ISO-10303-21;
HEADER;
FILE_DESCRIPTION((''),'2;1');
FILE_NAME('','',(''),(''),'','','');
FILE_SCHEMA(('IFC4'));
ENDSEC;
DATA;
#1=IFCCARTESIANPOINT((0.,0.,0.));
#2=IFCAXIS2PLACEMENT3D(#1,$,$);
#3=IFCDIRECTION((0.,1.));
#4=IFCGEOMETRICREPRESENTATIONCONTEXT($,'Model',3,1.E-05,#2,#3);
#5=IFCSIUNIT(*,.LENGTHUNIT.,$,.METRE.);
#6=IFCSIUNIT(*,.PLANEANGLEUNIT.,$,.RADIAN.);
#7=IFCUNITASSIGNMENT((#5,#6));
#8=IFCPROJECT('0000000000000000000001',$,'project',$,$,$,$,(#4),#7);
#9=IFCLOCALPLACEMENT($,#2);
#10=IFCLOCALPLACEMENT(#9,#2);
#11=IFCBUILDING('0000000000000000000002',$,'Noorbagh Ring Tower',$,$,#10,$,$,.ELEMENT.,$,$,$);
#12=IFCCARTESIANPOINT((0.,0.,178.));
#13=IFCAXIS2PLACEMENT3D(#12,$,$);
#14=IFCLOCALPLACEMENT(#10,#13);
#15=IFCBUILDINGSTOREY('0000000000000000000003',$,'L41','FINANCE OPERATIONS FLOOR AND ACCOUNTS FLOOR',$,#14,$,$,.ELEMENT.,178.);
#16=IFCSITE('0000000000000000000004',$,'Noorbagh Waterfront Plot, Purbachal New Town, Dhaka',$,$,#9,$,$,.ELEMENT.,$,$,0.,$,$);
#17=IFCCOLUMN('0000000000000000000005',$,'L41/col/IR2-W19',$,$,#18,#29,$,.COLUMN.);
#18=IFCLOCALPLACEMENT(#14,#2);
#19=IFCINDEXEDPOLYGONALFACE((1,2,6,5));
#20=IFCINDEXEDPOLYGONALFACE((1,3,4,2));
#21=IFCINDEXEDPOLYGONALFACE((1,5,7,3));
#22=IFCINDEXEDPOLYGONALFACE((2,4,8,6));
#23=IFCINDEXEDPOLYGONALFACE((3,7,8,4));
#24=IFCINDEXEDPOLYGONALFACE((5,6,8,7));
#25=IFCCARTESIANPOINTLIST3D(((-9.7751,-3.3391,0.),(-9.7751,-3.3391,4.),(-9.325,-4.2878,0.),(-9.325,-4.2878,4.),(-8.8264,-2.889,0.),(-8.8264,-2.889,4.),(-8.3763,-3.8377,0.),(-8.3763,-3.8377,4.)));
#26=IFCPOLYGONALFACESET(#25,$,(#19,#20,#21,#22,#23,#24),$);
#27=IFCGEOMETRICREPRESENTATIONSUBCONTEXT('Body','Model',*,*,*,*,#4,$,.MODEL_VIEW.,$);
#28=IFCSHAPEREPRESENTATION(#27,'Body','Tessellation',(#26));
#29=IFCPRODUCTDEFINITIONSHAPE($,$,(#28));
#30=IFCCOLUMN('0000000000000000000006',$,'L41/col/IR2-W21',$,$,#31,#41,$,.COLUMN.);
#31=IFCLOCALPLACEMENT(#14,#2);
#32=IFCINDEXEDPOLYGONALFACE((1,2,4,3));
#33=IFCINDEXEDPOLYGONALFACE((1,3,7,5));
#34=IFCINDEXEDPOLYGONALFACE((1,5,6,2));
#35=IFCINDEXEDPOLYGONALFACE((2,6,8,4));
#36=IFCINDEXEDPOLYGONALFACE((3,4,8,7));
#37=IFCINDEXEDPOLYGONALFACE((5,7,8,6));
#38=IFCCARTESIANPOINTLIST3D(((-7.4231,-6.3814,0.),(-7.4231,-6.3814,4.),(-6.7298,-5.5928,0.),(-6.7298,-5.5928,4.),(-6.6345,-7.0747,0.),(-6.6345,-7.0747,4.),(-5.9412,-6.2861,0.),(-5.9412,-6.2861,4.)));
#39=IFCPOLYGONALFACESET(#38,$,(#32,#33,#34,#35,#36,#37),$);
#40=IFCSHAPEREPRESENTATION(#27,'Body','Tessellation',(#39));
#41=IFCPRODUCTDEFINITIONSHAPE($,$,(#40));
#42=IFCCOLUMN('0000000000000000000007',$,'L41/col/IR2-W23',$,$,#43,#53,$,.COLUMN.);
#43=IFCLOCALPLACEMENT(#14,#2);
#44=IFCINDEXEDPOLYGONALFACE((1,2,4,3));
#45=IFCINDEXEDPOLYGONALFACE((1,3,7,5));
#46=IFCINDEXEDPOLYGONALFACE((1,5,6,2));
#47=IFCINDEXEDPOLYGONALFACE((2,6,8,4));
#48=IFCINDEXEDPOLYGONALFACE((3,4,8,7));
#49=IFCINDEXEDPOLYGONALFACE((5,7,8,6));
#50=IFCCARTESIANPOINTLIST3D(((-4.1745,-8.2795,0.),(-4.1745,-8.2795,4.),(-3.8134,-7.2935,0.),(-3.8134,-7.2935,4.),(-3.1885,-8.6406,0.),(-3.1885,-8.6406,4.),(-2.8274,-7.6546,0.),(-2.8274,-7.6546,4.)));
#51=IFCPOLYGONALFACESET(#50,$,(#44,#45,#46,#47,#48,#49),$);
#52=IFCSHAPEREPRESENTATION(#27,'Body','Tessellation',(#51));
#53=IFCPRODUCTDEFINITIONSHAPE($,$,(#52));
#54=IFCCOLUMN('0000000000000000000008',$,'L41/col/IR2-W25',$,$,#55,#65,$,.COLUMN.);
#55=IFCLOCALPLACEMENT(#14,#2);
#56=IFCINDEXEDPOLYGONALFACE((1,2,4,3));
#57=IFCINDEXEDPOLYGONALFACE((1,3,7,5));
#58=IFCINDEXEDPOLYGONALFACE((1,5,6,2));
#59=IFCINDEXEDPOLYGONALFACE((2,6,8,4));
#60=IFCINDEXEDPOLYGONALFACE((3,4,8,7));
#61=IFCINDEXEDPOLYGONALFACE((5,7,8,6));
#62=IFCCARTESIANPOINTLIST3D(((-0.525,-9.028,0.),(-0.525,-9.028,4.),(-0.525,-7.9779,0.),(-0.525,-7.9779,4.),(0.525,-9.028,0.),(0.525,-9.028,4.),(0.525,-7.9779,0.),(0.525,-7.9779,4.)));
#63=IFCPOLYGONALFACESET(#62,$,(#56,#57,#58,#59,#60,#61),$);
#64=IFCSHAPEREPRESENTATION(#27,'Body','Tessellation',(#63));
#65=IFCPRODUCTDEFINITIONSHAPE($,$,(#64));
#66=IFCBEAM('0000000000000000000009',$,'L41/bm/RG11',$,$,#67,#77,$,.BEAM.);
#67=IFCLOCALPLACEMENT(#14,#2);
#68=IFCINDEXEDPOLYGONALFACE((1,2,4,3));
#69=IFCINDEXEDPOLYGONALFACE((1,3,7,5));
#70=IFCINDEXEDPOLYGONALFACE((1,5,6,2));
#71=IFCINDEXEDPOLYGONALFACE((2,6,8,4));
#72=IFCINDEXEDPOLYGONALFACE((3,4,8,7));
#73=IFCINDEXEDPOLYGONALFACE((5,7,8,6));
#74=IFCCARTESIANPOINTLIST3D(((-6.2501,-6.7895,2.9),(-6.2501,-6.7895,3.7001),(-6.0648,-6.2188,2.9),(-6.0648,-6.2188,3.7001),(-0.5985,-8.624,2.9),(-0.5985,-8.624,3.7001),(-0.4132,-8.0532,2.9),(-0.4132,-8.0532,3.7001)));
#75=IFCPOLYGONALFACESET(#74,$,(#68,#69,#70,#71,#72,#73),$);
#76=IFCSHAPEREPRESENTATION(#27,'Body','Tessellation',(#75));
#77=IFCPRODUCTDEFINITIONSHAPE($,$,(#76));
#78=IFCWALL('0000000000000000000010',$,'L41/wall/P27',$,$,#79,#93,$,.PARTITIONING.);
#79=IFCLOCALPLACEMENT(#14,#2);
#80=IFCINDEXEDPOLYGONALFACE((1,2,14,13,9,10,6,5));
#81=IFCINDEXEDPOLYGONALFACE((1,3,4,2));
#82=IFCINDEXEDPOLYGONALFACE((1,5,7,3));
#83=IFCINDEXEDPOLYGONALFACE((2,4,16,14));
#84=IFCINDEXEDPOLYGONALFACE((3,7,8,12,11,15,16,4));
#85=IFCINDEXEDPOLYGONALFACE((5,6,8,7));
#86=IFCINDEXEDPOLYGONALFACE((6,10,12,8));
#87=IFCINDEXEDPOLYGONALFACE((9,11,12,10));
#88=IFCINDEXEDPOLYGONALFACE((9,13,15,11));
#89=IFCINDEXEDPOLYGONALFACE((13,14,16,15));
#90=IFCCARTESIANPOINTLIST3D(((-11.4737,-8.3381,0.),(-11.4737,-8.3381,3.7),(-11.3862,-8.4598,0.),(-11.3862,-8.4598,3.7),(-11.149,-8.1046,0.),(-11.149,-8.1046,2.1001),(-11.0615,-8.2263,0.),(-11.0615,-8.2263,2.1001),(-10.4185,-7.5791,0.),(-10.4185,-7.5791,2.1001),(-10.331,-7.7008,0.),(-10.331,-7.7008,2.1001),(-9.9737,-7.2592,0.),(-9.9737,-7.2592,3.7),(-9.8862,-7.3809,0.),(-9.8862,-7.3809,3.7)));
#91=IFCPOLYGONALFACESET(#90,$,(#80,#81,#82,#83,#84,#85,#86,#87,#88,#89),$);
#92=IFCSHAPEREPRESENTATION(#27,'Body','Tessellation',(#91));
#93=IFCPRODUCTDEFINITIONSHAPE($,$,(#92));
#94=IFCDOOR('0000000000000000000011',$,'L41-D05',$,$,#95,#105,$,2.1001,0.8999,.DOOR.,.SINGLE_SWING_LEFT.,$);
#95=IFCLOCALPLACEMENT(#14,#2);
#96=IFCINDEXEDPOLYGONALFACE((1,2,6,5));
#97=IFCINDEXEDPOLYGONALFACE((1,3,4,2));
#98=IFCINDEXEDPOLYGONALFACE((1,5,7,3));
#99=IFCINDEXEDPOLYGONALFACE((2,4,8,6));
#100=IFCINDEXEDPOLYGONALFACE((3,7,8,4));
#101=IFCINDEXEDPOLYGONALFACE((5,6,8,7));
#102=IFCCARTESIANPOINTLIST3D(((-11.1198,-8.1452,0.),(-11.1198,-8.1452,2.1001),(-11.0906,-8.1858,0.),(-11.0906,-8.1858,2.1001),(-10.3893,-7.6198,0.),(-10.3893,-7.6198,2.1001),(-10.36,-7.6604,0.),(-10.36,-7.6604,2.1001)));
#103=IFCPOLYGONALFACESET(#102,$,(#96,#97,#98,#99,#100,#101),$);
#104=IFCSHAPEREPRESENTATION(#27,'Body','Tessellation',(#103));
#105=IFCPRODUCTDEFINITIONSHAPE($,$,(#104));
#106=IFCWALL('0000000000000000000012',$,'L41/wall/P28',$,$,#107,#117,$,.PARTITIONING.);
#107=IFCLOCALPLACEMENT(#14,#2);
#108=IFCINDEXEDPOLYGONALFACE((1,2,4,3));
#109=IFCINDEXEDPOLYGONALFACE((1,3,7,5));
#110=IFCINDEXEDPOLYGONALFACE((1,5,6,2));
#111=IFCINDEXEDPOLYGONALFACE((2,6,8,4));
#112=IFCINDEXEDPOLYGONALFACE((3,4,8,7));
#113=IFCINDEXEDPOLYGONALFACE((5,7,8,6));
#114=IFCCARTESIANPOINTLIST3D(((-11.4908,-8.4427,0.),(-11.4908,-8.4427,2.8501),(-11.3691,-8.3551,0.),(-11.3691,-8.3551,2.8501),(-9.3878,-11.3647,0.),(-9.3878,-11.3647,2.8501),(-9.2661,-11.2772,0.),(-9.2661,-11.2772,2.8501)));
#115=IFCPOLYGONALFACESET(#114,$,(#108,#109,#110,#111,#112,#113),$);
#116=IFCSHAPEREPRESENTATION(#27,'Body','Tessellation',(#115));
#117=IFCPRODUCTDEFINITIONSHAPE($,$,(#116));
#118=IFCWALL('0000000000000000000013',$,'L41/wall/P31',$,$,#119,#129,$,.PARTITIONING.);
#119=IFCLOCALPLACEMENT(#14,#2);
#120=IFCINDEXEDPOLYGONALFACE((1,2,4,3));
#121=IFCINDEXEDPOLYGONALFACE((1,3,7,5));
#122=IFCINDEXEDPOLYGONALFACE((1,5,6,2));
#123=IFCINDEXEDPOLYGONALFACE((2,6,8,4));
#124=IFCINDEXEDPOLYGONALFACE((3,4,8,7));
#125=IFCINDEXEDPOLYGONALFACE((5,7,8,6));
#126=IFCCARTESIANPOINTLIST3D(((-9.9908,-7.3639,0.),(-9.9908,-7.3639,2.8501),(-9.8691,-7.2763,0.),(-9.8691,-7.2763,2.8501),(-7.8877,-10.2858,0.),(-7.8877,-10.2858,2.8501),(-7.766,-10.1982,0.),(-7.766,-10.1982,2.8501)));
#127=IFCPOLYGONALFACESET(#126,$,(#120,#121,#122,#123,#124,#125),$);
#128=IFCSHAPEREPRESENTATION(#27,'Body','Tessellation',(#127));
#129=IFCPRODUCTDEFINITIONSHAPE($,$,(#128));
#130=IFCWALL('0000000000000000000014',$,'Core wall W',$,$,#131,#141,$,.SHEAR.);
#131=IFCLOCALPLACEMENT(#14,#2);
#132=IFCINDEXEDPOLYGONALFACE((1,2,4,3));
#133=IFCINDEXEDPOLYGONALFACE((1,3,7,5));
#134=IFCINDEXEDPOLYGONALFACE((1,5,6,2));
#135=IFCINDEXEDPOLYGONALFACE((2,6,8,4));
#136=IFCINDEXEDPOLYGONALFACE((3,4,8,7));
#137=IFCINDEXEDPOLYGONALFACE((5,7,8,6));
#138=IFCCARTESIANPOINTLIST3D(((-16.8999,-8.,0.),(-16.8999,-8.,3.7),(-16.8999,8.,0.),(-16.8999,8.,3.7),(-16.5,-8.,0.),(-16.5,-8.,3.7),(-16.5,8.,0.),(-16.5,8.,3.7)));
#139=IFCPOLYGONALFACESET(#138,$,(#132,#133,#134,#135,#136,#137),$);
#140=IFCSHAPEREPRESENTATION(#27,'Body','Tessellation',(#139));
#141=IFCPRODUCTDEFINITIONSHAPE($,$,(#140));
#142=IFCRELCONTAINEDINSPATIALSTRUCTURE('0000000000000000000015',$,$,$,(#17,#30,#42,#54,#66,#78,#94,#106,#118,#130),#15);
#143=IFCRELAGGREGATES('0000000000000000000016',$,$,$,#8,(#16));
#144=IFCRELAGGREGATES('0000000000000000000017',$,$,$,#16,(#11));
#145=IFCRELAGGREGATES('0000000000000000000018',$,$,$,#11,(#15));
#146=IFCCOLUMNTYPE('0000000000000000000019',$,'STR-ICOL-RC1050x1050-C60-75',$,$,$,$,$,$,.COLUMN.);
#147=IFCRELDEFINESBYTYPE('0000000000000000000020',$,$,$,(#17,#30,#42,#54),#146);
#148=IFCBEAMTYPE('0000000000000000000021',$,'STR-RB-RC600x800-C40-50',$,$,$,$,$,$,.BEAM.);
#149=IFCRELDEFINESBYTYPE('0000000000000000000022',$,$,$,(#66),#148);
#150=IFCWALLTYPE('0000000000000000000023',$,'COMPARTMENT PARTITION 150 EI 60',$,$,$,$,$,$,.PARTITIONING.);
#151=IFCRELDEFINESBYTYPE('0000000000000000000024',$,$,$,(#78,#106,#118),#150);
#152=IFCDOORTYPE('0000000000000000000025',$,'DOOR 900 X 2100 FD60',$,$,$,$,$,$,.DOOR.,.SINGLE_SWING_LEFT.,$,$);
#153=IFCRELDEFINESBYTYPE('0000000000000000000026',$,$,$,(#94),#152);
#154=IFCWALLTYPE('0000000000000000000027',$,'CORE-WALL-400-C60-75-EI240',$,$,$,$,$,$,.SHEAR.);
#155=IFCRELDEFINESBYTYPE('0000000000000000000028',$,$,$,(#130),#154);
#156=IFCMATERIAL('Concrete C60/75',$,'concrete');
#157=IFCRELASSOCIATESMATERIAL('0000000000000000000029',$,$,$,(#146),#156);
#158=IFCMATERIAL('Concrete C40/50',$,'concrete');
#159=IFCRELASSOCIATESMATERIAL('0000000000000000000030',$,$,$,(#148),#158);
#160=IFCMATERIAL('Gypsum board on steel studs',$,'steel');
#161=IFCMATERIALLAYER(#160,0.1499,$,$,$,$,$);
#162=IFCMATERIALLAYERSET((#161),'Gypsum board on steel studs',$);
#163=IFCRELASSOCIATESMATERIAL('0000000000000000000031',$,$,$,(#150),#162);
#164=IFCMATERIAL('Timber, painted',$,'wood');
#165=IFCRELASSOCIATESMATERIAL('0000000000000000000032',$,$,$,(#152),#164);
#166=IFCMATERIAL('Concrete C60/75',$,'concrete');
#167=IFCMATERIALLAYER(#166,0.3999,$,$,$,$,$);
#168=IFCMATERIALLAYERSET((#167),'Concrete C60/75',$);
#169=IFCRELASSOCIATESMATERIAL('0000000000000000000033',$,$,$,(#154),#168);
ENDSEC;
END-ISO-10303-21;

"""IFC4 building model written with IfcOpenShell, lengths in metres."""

from ifc_helpers import new_model, si_unit, direction, frame, frame_2d, origin, origin_2d, place, context, subcontext, project, spatial, rectangle, extrude, material, layer, layer_set, material_profile, profile_set, type_object, element, fill, save


model = new_model("IFC4")

# Units and contexts
model_context = context("Model", 3, precision=1e-05, world=origin(), true_north=direction((0.0, 1.0)))
body_context = subcontext(model_context, "Body", "Model", "MODEL_VIEW")
ifc_project = project(units=[si_unit("LENGTHUNIT", "METRE"), si_unit("PLANEANGLEUNIT", "RADIAN")], contexts=[model_context])

# Site, building, storey
site_placement = place(None, origin())
site = spatial("IfcSite", under=ifc_project, at=site_placement, Name="Noorbagh Waterfront Plot, Purbachal New Town, Dhaka", CompositionType="ELEMENT", RefElevation=0.0)
building_placement = place(site_placement, origin())
building = spatial("IfcBuilding", under=site, at=building_placement, Name="Noorbagh Ring Tower", CompositionType="ELEMENT")
storey_placement = place(building_placement, frame((0.0, 0.0, 178.0)))
storey = spatial("IfcBuildingStorey", under=building, at=storey_placement, Name="L41", Description="FINANCE OPERATIONS FLOOR AND ACCOUNTS FLOOR", CompositionType="ELEMENT", Elevation=178.0)

# Columns
ifc_material_1 = material(Name="Concrete C60/75", Category="concrete")
ifc_material_profile_1 = material_profile(ifc_material_1, rectangle(XDim=1.05, YDim=1.05, at=origin_2d()), Name="RC1050x1050")
ifc_profile_set_1 = profile_set([ifc_material_profile_1], Name="Concrete C60/75")
column_type = type_object("IfcColumnType", Name="STR-ICOL-RC1050x1050-C60-75", PredefinedType="COLUMN", material=ifc_profile_set_1)
for number, where, z_axis, x_axis, name in (
    (1, (-9.0757, -3.5884, 0.0), (0.0, 0.0, 1.0), (0.428667, -0.903463, 0.0), "L41/col/IR2-W19"),
    (2, (-6.6821, -6.3337, 0.0), (0.0, 0.0, 1.0), (0.751022, -0.660277, 0.0), "L41/col/IR2-W21"),
    (3, (-3.501, -7.967, 0.0), (0.0, 0.0, 1.0), (0.93902, -0.343864, 0.0), "L41/col/IR2-W23"),
    (4, (0.0, -8.5029, 0.0), (0.0, 0.0, 1.0), (1.0, 0.0, 0.0), "L41/col/IR2-W25"),
):
    element("IfcColumn", number, at=place(storey_placement, frame(where, z_axis=z_axis, x_axis=x_axis)), inside=storey, type_object=column_type, Name=name, PredefinedType="COLUMN", context=body_context, shape_type="SweptSolid", body=[
        extrude(rectangle(XDim=1.05, YDim=1.05, at=origin_2d()), origin(), (0.0, 0.0, 1.0), 4.0),
    ])

# Beam
ifc_material_2 = material(Name="Concrete C40/50", Category="concrete")
ifc_material_profile_2 = material_profile(ifc_material_2, rectangle(XDim=0.6001, YDim=0.8, at=origin_2d()), Name="RC600x800")
ifc_profile_set_2 = profile_set([ifc_material_profile_2], Name="Concrete C40/50")
beam_type = type_object("IfcBeamType", Name="STR-RB-RC600x800-C40-50", PredefinedType="BEAM", material=ifc_profile_set_2)
beam_placement = place(storey_placement, frame((-6.1575, -6.5042, 3.3), z_axis=(0.951148, -0.308736, 0.0), x_axis=(0.308736, 0.951148, 0.0)))
element("IfcBeam", 5, at=beam_placement, inside=storey, type_object=beam_type, Name="L41/bm/RG11", PredefinedType="BEAM", context=body_context, shape_type="SweptSolid", body=[
    extrude(rectangle(XDim=0.6001, YDim=0.8, at=origin_2d()), origin(), (0.0, 0.0, 1.0), 5.9419),
])

# Wall, opening, door
ifc_material_3 = material(Name="Gypsum board on steel studs", Category="steel")
ifc_layer_1 = layer(ifc_material_3, 0.1499)
ifc_layer_set_1 = layer_set([ifc_layer_1], Name="Gypsum board on steel studs")
wall_type_1 = type_object("IfcWallType", Name="COMPARTMENT PARTITION 150 EI 60", PredefinedType="PARTITIONING", material=ifc_layer_set_1)
wall_1_placement = place(storey_placement, frame((-11.4299, -8.3989, 0.0), z_axis=(0.0, 0.0, 1.0), x_axis=(0.811827, 0.583897, 0.0)))
wall_1 = element("IfcWall", 6, at=wall_1_placement, inside=storey, type_object=wall_type_1, Name="L41/wall/P27", PredefinedType="PARTITIONING", context=body_context, shape_type="SweptSolid", body=[
    extrude(rectangle(XDim=1.8477, YDim=0.1499, at=frame_2d((0.9238, 0.0))), origin(), (0.0, 0.0, 1.0), 3.7),
])
opening_1_placement = place(wall_1_placement, frame((0.3999, 0.0, 0.0)))
opening_1 = element("IfcOpeningElement", 7, at=opening_1_placement, cuts=wall_1, PredefinedType="OPENING", context=body_context, shape_type="SweptSolid", body=[
    extrude(rectangle(XDim=0.8999, YDim=2.1001, at=frame_2d((0.45, 1.05))), frame((0.0, 0.085, 0.0), z_axis=(0.0, -1.0, 0.0), x_axis=(1.0, 0.0, 0.0)), (0.0, 0.0, 1.0), 0.1699),
])
ifc_material_4 = material(Name="Timber, painted", Category="wood")
door_type_1 = type_object("IfcDoorType", Name="DOOR 900 X 2100 FD60", OperationType="SINGLE_SWING_LEFT", PredefinedType="DOOR", material=ifc_material_4)
door_1_placement = place(opening_1_placement, origin())
door_1 = element("IfcDoor", 8, at=door_1_placement, inside=storey, type_object=door_type_1, Name="L41-D05", OperationType="SINGLE_SWING_LEFT", OverallHeight=2.1001, OverallWidth=0.8999, PredefinedType="DOOR", context=body_context, shape_type="SweptSolid", body=[
    extrude(rectangle(XDim=0.8999, YDim=2.1001, at=frame_2d((0.45, 1.05))), frame((0.0, 0.0249, 0.0), z_axis=(0.0, -1.0, 0.0), x_axis=(1.0, 0.0, 0.0)), (0.0, 0.0, 1.0), 0.05),
])
fill(opening_1, door_1)

# Walls
for number, where, z_axis, x_axis, name in (
    (9, (-11.4299, -8.3989, 0.0), (0.0, 0.0, 1.0), (0.58414, -0.811653, 0.0), "L41/wall/P28"),
    (10, (-9.9299, -7.3201, 0.0), (0.0, 0.0, 1.0), (0.584173, -0.81163, 0.0), "L41/wall/P31"),
):
    element("IfcWall", number, at=place(storey_placement, frame(where, z_axis=z_axis, x_axis=x_axis)), inside=storey, type_object=wall_type_1, Name=name, PredefinedType="PARTITIONING", context=body_context, shape_type="SweptSolid", body=[
        extrude(rectangle(XDim=3.6001, YDim=0.1499, at=frame_2d((1.8, 0.0))), origin(), (0.0, 0.0, 1.0), 2.8501),
    ])
ifc_material_5 = material(Name="Concrete C60/75", Category="concrete")
ifc_layer_2 = layer(ifc_material_5, 0.3999)
ifc_layer_set_2 = layer_set([ifc_layer_2], Name="Concrete C60/75")
wall_type_2 = type_object("IfcWallType", Name="CORE-WALL-400-C60-75-EI240", PredefinedType="SHEAR", material=ifc_layer_set_2)
wall_2_placement = place(storey_placement, frame((-16.7, -8.0, 0.0), z_axis=(0.0, 0.0, 1.0), x_axis=(0.0, 1.0, 0.0)))
element("IfcWall", 11, at=wall_2_placement, inside=storey, type_object=wall_type_2, Name="Core wall W", PredefinedType="SHEAR", context=body_context, shape_type="SweptSolid", body=[
    extrude(rectangle(XDim=16.0, YDim=0.3999, at=frame_2d((8.0, 0.0))), origin(), (0.0, 0.0, 1.0), 3.7),
])

save(model, "model.ifc")
